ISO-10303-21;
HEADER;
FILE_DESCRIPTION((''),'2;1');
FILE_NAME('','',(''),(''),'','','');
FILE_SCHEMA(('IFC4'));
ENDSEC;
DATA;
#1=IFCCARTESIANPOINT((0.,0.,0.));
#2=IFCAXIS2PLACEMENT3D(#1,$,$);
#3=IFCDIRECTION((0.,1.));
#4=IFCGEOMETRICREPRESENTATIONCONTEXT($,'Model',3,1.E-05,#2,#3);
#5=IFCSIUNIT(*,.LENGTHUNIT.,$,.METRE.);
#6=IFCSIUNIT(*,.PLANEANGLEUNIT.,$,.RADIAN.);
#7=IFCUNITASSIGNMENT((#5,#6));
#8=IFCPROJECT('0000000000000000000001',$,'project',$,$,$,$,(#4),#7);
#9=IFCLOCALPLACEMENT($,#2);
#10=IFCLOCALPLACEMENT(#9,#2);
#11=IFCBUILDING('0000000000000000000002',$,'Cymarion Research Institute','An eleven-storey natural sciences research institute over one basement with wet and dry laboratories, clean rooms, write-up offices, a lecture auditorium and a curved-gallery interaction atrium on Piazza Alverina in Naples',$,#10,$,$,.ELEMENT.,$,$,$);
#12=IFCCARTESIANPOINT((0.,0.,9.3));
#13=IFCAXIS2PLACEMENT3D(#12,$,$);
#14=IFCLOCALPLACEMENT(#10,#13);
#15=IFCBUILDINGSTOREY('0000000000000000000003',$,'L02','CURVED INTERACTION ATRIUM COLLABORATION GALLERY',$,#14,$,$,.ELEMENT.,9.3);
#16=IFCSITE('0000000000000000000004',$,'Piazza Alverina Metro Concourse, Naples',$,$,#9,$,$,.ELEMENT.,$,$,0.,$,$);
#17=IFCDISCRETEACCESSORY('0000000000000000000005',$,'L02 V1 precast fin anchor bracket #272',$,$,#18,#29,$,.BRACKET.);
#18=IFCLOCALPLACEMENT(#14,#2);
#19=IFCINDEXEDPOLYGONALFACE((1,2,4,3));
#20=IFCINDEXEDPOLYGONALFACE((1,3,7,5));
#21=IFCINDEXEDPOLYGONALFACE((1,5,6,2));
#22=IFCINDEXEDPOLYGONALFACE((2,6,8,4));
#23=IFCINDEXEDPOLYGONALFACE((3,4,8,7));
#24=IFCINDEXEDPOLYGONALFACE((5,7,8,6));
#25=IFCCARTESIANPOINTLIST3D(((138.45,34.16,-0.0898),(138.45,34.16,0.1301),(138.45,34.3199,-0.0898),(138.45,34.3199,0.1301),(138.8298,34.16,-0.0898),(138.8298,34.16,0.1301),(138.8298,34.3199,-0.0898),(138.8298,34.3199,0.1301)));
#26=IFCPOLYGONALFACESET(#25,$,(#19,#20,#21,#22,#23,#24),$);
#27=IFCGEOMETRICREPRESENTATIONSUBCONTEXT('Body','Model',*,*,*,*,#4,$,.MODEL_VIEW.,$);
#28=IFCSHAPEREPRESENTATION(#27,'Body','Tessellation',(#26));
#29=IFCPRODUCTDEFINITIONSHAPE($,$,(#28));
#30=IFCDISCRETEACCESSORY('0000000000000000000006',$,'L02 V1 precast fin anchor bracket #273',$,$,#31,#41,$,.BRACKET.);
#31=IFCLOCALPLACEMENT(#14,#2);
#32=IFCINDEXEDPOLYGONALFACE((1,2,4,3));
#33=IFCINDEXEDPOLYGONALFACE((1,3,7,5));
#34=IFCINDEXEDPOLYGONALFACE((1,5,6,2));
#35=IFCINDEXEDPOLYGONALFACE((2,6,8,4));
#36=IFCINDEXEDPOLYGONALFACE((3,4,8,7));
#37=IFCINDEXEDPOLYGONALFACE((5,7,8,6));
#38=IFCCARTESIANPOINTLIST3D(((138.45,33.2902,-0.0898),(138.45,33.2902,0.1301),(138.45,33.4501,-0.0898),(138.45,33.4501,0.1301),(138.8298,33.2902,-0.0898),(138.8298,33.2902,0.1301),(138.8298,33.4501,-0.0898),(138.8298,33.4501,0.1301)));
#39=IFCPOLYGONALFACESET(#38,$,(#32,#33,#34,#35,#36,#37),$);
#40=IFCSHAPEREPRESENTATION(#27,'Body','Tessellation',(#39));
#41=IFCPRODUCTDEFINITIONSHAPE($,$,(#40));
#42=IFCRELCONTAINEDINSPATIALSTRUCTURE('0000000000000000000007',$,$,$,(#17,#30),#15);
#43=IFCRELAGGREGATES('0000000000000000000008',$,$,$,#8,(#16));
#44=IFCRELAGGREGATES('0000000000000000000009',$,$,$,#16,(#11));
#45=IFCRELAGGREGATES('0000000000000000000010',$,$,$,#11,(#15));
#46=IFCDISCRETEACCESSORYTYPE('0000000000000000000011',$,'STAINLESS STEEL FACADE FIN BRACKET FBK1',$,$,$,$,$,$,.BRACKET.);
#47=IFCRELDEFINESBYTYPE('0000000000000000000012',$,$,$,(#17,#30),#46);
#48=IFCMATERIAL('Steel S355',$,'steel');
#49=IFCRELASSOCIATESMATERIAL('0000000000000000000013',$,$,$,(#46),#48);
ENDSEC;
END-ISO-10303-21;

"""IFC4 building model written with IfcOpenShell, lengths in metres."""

from ifc_helpers import new_model, si_unit, direction, frame, origin, origin_2d, place, context, subcontext, project, spatial, rectangle, extrude, material, type_object, element, save


model = new_model("IFC4")

# Units and contexts
model_context = context("Model", 3, precision=1e-05, world=origin(), true_north=direction((0.0, 1.0)))
body_context = subcontext(model_context, "Body", "Model", "MODEL_VIEW")
ifc_project = project(units=[si_unit("LENGTHUNIT", "METRE"), si_unit("PLANEANGLEUNIT", "RADIAN")], contexts=[model_context])

# Site, building, storey
site_placement = place(None, origin())
site = spatial("IfcSite", under=ifc_project, at=site_placement, Name="Piazza Alverina Metro Concourse, Naples", CompositionType="ELEMENT", RefElevation=0.0)
building_placement = place(site_placement, origin())
building = spatial("IfcBuilding", under=site, at=building_placement, Name="Cymarion Research Institute", Description="An eleven-storey natural sciences research institute over one basement with wet and dry laboratories, clean rooms, write-up offices, a lecture auditorium and a curved-gallery interaction atrium on Piazza Alverina in Naples", CompositionType="ELEMENT")
storey_placement = place(building_placement, frame((0.0, 0.0, 9.3)))
storey = spatial("IfcBuildingStorey", under=building, at=storey_placement, Name="L02", Description="CURVED INTERACTION ATRIUM COLLABORATION GALLERY", CompositionType="ELEMENT", Elevation=9.3)

# Shared definitions
ifc_material_1 = material(Name="Steel S355", Category="steel")

# Discrete accessories
discrete_accessory_type = type_object("IfcDiscreteAccessoryType", Name="STAINLESS STEEL FACADE FIN BRACKET FBK1", PredefinedType="BRACKET", material=ifc_material_1)
for number, where, z_axis, x_axis, name in (
    (1, (138.6399, 34.24, -0.0898), (0.0, 0.0, 1.0), (-1.0, 0.0, 0.0), "L02 V1 precast fin anchor bracket #272"),
    (2, (138.6399, 33.3701, -0.0898), (0.0, 0.0, 1.0), (-1.0, 0.0, 0.0), "L02 V1 precast fin anchor bracket #273"),
):
    element("IfcDiscreteAccessory", number, at=place(storey_placement, frame(where, z_axis=z_axis, x_axis=x_axis)), inside=storey, type_object=discrete_accessory_type, Name=name, PredefinedType="BRACKET", context=body_context, shape_type="SweptSolid", body=[
        extrude(rectangle(XDim=0.3799, YDim=0.1599, at=origin_2d()), origin(), (0.0, 0.0, 1.0), 0.22),
    ])

save(model, "model.ifc")
